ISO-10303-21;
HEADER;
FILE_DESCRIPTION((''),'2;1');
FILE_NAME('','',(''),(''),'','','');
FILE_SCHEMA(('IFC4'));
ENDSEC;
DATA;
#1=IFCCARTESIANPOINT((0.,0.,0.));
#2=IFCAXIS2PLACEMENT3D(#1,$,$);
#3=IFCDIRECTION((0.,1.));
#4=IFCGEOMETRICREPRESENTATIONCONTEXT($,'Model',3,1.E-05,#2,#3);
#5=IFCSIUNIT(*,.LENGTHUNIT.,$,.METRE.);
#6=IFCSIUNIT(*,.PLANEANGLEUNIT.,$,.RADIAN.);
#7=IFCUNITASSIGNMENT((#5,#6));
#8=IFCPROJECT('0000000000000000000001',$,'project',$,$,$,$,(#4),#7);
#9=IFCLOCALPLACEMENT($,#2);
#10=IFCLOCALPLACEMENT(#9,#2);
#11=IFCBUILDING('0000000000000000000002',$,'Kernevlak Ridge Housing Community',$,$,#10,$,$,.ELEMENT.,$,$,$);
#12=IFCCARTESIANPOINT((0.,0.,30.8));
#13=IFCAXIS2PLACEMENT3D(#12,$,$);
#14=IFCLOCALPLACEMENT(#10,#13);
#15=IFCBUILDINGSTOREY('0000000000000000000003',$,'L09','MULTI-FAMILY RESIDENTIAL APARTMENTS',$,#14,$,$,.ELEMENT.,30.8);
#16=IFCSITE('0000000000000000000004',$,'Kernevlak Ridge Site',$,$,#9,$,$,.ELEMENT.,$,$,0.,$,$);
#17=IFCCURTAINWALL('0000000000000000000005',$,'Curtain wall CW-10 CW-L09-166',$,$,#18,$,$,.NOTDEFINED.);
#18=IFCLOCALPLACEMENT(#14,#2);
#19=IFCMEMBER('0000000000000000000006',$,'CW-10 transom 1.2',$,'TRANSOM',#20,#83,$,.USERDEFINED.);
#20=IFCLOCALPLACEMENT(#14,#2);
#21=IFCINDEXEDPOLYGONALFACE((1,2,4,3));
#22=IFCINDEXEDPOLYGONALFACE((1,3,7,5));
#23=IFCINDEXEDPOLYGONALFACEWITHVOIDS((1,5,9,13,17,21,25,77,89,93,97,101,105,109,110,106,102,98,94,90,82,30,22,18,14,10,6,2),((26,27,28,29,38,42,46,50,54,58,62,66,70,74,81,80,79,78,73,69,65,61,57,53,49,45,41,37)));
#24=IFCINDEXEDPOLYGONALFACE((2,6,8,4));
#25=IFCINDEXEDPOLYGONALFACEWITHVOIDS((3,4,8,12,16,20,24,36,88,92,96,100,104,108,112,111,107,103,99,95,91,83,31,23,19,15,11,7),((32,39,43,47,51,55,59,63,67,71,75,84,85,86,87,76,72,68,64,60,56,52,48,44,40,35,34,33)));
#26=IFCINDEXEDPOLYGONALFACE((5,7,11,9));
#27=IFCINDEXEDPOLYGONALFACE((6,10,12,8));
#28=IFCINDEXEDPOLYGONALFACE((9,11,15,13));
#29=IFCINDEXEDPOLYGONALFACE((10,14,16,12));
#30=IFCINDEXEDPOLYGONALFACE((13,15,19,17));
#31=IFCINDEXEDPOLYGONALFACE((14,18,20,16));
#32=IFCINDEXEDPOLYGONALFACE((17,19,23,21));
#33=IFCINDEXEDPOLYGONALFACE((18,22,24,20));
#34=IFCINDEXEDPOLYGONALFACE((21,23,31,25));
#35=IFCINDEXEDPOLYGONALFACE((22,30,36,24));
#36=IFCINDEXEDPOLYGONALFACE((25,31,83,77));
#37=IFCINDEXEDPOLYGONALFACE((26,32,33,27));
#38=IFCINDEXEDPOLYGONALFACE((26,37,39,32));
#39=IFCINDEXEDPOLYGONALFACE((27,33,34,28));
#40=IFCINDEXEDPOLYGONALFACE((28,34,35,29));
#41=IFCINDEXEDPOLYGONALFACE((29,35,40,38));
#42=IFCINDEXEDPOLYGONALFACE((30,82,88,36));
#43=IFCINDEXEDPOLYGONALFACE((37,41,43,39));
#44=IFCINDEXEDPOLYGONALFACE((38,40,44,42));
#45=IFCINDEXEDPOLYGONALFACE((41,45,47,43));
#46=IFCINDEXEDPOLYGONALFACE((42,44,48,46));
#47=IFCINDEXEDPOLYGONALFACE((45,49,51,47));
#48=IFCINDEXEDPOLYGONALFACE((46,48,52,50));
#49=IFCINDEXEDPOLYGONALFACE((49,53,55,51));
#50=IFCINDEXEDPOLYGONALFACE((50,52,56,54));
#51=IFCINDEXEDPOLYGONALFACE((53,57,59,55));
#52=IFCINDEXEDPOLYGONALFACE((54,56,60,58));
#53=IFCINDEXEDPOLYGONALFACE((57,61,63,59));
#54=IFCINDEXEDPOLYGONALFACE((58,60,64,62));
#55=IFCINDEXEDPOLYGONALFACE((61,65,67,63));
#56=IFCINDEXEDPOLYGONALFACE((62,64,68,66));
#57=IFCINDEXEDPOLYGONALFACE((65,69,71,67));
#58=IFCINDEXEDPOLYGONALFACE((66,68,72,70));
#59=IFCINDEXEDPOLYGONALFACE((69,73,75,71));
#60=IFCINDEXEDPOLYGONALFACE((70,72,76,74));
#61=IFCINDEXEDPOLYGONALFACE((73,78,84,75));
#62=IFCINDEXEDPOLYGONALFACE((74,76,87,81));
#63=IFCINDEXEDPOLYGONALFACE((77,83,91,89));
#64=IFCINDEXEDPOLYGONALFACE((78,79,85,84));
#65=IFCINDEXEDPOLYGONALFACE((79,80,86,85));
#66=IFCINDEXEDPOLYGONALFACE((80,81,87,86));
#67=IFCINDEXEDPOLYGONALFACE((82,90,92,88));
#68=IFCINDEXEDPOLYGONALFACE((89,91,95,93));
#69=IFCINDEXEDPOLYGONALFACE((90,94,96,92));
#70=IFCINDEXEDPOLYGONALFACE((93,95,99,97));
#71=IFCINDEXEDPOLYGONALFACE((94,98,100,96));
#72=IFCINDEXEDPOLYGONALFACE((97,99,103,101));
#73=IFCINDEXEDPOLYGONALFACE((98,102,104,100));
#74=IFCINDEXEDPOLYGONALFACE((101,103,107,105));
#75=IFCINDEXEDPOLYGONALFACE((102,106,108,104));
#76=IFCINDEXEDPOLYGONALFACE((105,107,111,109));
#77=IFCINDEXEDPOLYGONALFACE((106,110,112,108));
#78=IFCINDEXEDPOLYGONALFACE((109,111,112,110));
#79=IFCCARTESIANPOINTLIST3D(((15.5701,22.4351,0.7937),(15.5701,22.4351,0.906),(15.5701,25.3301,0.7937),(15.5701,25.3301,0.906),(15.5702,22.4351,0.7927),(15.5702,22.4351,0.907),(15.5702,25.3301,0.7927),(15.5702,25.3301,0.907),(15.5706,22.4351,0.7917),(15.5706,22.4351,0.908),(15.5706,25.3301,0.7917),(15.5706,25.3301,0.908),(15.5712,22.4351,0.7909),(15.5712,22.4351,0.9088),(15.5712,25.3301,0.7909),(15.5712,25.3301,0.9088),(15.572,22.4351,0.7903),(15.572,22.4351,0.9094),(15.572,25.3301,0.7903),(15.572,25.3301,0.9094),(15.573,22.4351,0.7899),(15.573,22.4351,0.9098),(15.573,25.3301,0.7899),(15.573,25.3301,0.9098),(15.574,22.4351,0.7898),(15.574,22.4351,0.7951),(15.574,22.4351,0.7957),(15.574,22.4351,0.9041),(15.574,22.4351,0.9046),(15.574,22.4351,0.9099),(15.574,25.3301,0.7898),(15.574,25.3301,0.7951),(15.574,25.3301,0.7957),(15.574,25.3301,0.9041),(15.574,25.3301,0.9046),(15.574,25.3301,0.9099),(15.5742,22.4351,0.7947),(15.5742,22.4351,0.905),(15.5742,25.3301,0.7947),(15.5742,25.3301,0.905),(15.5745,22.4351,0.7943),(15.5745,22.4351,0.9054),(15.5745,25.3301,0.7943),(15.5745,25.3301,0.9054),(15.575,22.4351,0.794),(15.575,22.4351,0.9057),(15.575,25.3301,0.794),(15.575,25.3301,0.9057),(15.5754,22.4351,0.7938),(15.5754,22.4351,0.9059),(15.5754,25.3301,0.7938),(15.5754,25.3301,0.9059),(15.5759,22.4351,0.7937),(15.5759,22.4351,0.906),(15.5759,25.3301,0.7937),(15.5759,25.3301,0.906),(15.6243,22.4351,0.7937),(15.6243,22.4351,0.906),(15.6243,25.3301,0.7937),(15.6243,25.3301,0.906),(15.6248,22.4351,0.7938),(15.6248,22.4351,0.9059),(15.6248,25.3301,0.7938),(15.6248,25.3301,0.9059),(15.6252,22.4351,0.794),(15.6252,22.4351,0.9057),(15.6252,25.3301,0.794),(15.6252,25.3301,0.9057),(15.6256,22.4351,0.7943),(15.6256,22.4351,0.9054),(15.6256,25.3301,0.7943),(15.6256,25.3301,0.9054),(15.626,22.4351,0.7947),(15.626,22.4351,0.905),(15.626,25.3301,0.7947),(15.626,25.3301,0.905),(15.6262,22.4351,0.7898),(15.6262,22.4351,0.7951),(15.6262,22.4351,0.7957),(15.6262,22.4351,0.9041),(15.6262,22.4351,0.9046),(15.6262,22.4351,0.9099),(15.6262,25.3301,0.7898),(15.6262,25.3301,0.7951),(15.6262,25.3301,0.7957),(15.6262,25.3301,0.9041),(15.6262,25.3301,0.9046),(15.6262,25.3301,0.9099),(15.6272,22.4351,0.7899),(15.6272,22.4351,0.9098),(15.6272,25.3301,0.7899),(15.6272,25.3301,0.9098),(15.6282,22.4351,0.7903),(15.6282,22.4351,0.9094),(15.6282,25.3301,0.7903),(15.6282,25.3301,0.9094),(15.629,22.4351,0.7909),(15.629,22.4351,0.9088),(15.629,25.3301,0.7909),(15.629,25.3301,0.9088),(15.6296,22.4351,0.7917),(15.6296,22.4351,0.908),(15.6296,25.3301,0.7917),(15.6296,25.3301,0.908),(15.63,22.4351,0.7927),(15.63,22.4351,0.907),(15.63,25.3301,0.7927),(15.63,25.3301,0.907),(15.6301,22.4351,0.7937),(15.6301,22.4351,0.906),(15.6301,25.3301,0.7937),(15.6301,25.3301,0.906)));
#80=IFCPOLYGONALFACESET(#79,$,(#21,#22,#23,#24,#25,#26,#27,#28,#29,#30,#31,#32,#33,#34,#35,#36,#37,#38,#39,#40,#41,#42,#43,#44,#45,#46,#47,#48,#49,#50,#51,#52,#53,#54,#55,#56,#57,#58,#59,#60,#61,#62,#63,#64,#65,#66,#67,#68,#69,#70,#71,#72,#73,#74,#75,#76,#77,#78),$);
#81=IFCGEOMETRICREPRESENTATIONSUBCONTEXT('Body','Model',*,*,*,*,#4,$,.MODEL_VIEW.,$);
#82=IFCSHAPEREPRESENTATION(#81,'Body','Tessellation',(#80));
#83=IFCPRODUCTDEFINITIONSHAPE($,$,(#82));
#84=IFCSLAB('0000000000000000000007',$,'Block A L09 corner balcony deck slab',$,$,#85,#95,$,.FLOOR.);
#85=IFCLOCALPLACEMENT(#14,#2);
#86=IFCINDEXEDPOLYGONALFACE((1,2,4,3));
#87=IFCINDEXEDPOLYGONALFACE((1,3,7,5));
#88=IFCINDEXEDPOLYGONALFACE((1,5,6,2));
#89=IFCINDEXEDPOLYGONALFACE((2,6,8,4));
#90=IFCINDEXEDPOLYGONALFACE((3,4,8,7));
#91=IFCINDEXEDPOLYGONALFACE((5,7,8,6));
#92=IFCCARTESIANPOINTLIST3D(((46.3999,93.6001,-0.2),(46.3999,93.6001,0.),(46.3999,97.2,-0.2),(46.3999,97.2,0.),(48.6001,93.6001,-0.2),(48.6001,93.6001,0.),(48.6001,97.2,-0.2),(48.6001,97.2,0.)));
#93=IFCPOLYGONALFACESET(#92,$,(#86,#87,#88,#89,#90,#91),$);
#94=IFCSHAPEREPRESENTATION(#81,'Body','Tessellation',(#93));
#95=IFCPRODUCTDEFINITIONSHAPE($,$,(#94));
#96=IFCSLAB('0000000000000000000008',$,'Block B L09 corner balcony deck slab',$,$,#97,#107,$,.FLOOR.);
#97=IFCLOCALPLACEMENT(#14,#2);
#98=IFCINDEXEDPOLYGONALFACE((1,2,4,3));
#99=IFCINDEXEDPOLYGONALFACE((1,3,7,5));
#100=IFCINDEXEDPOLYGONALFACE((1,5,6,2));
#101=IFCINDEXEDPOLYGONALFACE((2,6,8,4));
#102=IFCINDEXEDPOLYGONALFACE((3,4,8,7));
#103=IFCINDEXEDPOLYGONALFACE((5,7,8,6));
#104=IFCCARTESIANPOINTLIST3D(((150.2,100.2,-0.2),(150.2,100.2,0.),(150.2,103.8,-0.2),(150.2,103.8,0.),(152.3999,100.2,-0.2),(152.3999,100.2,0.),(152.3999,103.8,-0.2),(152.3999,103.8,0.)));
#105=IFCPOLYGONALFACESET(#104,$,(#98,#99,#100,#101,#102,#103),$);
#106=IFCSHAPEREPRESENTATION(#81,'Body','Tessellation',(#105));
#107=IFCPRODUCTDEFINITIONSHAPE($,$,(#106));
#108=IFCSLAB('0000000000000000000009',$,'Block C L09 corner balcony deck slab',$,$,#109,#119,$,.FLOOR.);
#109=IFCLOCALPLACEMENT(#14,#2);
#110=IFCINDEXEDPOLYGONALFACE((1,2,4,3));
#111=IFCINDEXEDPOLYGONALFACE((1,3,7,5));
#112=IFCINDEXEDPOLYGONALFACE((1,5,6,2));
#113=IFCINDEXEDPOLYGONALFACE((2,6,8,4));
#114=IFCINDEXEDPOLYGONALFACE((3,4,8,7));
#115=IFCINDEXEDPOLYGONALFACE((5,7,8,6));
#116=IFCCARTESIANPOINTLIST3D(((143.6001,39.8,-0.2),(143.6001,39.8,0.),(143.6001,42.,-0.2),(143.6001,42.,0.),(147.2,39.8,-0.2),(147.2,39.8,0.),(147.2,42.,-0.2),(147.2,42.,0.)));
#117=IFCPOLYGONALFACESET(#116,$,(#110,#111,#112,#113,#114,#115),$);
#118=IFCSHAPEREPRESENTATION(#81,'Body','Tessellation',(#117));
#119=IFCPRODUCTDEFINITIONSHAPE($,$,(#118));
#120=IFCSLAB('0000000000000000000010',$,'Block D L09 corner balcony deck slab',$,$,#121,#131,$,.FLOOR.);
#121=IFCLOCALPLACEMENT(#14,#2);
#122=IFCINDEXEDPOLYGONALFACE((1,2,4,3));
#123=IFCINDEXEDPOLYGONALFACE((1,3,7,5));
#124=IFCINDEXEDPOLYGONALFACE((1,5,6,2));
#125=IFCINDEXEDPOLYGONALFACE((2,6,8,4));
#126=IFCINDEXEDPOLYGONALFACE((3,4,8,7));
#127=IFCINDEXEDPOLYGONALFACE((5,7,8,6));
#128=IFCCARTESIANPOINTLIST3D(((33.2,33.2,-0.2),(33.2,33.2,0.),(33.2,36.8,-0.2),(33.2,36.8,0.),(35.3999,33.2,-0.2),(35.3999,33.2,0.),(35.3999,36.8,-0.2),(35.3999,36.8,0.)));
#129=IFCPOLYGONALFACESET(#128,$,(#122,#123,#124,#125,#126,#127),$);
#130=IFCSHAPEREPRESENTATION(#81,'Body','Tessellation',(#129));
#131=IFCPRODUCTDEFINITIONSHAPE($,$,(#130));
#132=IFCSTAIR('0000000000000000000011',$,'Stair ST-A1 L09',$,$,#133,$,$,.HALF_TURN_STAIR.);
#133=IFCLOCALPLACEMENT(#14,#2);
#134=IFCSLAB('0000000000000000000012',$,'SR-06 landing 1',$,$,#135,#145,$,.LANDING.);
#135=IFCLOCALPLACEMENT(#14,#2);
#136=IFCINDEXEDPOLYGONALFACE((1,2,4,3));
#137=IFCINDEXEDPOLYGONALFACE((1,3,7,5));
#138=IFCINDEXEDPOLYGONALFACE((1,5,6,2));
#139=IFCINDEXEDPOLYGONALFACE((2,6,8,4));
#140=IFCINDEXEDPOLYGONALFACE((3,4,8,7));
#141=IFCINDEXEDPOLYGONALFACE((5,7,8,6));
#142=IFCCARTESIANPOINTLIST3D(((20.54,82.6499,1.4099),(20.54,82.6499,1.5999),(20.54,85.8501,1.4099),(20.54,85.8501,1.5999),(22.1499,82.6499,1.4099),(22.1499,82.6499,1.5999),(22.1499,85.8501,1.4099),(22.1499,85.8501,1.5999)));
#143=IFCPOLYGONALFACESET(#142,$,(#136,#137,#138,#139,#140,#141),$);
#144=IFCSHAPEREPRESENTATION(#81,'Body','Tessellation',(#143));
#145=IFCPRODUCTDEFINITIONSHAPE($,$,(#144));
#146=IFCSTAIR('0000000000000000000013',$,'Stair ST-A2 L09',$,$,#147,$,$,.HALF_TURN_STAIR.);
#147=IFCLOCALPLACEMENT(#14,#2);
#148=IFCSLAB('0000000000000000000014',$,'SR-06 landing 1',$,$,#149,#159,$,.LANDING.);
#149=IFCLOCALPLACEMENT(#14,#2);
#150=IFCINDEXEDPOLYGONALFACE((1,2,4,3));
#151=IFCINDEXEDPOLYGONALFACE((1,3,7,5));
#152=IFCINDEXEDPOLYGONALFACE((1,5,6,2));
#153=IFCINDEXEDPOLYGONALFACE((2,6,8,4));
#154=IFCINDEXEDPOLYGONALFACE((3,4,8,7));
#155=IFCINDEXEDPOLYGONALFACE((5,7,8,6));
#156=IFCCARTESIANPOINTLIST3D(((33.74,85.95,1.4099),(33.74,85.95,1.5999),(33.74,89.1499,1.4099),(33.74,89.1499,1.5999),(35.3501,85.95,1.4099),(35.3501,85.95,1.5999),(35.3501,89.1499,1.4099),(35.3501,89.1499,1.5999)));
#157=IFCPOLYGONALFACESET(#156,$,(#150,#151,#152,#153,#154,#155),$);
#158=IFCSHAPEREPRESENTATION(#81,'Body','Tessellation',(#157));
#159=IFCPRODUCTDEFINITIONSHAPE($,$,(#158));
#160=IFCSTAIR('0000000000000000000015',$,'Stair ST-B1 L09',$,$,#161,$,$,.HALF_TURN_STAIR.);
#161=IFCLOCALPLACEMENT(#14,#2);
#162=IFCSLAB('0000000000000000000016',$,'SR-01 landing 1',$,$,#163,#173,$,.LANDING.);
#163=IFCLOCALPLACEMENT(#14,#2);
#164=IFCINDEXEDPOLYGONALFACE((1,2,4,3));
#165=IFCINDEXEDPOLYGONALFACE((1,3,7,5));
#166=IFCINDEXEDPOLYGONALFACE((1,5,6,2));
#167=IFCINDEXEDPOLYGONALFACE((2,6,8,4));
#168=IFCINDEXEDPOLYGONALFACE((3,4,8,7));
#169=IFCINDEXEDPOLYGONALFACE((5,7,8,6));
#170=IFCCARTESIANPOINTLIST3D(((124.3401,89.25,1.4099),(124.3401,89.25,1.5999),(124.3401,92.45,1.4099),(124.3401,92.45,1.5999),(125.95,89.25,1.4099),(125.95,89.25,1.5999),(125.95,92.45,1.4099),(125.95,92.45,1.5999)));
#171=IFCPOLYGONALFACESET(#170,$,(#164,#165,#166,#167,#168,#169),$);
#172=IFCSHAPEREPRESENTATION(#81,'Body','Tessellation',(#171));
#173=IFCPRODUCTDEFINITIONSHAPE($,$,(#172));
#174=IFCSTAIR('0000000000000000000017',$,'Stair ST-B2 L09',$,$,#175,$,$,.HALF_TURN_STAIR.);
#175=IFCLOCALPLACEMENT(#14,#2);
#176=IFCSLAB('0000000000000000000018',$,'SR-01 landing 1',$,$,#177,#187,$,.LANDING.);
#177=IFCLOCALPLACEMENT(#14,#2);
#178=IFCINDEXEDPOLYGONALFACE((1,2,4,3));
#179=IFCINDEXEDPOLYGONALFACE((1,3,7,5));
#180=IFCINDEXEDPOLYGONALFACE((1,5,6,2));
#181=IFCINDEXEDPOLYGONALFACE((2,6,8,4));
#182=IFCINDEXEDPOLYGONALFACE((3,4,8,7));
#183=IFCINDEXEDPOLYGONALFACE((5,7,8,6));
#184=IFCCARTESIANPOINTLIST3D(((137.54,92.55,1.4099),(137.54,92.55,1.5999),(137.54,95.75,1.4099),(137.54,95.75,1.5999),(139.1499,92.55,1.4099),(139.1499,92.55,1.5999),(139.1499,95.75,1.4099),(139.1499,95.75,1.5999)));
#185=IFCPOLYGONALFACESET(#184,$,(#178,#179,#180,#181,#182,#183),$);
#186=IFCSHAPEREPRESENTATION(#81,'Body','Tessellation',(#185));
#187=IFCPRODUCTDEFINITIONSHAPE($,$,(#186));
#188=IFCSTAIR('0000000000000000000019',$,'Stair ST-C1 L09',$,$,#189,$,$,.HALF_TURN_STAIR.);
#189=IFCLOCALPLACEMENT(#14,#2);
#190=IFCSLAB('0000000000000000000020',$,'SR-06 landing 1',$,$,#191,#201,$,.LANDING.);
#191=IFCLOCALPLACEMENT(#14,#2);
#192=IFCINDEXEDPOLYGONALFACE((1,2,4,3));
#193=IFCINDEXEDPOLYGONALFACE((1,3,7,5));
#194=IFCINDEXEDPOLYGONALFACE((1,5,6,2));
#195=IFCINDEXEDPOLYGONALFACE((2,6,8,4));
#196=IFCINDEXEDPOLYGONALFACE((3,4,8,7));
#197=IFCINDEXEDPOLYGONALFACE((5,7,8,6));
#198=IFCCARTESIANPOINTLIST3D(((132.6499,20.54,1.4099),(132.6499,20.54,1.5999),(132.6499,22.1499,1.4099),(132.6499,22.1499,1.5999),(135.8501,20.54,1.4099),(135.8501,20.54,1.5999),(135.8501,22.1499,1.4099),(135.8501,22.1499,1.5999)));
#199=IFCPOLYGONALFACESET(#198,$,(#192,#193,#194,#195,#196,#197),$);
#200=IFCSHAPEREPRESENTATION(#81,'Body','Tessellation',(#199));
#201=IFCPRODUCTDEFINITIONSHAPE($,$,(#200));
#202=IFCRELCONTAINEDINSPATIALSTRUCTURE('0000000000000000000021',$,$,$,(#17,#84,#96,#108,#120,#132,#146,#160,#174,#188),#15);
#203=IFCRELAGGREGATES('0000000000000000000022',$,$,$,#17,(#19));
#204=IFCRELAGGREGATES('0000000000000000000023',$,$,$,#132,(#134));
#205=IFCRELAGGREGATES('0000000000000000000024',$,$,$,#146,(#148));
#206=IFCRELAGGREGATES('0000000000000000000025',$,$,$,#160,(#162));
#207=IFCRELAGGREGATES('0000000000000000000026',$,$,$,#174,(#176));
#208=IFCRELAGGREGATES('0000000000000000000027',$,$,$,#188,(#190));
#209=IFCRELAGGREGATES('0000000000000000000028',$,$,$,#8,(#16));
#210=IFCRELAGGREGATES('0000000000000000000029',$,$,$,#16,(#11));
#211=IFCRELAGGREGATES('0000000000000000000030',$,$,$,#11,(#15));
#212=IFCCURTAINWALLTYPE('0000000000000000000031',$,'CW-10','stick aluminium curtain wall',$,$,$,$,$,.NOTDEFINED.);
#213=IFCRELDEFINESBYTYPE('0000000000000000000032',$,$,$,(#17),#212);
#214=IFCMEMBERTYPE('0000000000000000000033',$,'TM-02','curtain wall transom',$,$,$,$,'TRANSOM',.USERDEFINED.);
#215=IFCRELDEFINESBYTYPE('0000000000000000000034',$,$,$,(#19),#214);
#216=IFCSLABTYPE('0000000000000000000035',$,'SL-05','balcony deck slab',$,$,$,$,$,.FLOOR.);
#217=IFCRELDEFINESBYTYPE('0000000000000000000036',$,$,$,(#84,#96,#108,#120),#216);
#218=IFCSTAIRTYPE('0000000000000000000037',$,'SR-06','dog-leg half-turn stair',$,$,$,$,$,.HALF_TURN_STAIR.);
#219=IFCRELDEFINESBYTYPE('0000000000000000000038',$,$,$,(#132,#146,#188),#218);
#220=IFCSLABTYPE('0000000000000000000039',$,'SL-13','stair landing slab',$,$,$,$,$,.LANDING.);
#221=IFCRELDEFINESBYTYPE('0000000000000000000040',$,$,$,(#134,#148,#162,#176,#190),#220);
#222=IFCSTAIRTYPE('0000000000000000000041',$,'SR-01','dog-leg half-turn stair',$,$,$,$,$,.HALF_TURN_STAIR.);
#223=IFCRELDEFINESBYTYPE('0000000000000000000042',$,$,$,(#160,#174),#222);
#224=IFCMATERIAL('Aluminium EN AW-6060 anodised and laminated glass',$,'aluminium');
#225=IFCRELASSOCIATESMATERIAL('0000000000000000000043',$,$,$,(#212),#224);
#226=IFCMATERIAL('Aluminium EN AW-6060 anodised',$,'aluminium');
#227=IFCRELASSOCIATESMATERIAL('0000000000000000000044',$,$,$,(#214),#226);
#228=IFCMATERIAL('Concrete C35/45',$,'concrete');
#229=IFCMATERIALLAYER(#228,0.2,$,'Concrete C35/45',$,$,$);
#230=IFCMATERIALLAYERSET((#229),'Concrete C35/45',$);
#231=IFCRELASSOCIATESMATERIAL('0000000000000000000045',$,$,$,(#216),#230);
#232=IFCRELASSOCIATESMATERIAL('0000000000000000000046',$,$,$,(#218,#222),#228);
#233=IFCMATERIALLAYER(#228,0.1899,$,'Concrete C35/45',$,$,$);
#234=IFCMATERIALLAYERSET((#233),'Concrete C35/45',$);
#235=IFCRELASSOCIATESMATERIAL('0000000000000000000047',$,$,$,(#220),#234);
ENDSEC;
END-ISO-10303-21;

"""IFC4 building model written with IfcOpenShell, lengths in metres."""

from ifc_helpers import new_model, si_unit, direction, frame, origin, origin_2d, place, context, subcontext, project, spatial, polyline, hollow_rectangle, outline, extrude, material, layer, layer_set, material_profile, profile_set, type_object, element, aggregate, save


model = new_model("IFC4")

# Units and contexts
model_context = context("Model", 3, precision=1e-05, world=origin(), true_north=direction((0.0, 1.0)))
body_context = subcontext(model_context, "Body", "Model", "MODEL_VIEW")
ifc_project = project(units=[si_unit("LENGTHUNIT", "METRE"), si_unit("PLANEANGLEUNIT", "RADIAN")], contexts=[model_context])

# Site, building, storey
site_placement = place(None, origin())
site = spatial("IfcSite", under=ifc_project, at=site_placement, Name="Kernevlak Ridge Site", CompositionType="ELEMENT", RefElevation=0.0)
building_placement = place(site_placement, origin())
building = spatial("IfcBuilding", under=site, at=building_placement, Name="Kernevlak Ridge Housing Community", CompositionType="ELEMENT")
storey_placement = place(building_placement, frame((0.0, 0.0, 30.8)))
storey = spatial("IfcBuildingStorey", under=building, at=storey_placement, Name="L09", Description="MULTI-FAMILY RESIDENTIAL APARTMENTS", CompositionType="ELEMENT", Elevation=30.8)

# Shared definitions
ifc_material_1 = material(Name="Concrete C35/45", Category="concrete")

# Curtain wall
ifc_material_2 = material(Name="Aluminium EN AW-6060 anodised and laminated glass", Category="aluminium")
curtain_wall_type = type_object("IfcCurtainWallType", Name="CW-10", Description="stick aluminium curtain wall", PredefinedType="NOTDEFINED", material=ifc_material_2)
curtain_wall_placement = place(storey_placement, origin())
curtain_wall = element("IfcCurtainWall", 1, at=curtain_wall_placement, inside=storey, type_object=curtain_wall_type, Name="Curtain wall CW-10 CW-L09-166", PredefinedType="NOTDEFINED")
ifc_material_3 = material(Name="Aluminium EN AW-6060 anodised", Category="aluminium")

# Member
ifc_material_profile_1 = material_profile(ifc_material_3, hollow_rectangle(XDim=0.0601, YDim=0.1201, WallThickness=0.0039, InnerFilletRadius=0.002, OuterFilletRadius=0.0039, at=origin_2d()), Name="ALU 60x120x4")
ifc_profile_set_1 = profile_set([ifc_material_profile_1], Name="Aluminium EN AW-6060 anodised")
member_type_1 = type_object("IfcMemberType", Name="TM-02", Description="curtain wall transom", ElementType="TRANSOM", PredefinedType="USERDEFINED", material=ifc_profile_set_1)
member_1_placement = place(storey_placement, frame((15.6001, 22.4351, 0.8499), z_axis=(0.0, 1.0, 0.0), x_axis=(-1.0, 0.0, 0.0)))
member_1 = element("IfcMember", 2, at=member_1_placement, type_object=member_type_1, Name="CW-10 transom 1.2", ObjectType="TRANSOM", PredefinedType="USERDEFINED", context=body_context, shape_type="SweptSolid", body=[
    extrude(hollow_rectangle(XDim=0.0601, YDim=0.1201, WallThickness=0.0039, InnerFilletRadius=0.002, OuterFilletRadius=0.0039, at=origin_2d()), origin(), (0.0, 0.0, 1.0), 2.895),
])
aggregate(curtain_wall, [member_1])

# Slabs
ifc_layer_1 = layer(ifc_material_1, 0.2, Name="Concrete C35/45")
ifc_layer_set_1 = layer_set([ifc_layer_1], Name="Concrete C35/45")
slab_type_1 = type_object("IfcSlabType", Name="SL-05", Description="balcony deck slab", PredefinedType="FLOOR", material=ifc_layer_set_1)
slab_1_placement = place(storey_placement, frame((0.0, 0.0, -0.2)))
element("IfcSlab", 3, at=slab_1_placement, inside=storey, type_object=slab_type_1, Name="Block A L09 corner balcony deck slab", PredefinedType="FLOOR", context=body_context, shape_type="SweptSolid", body=[
    extrude(outline(polyline([(46.3999, 93.6001), (48.6001, 93.6001), (48.6001, 97.2), (46.3999, 97.2), (46.3999, 93.6001)])), origin(), (0.0, 0.0, 1.0), 0.2),
])
slab_2_placement = place(storey_placement, frame((0.0, 0.0, -0.2)))
element("IfcSlab", 4, at=slab_2_placement, inside=storey, type_object=slab_type_1, Name="Block B L09 corner balcony deck slab", PredefinedType="FLOOR", context=body_context, shape_type="SweptSolid", body=[
    extrude(outline(polyline([(150.2, 100.2), (152.3999, 100.2), (152.3999, 103.8), (150.2, 103.8), (150.2, 100.2)])), origin(), (0.0, 0.0, 1.0), 0.2),
])
slab_3_placement = place(storey_placement, frame((0.0, 0.0, -0.2)))
element("IfcSlab", 5, at=slab_3_placement, inside=storey, type_object=slab_type_1, Name="Block C L09 corner balcony deck slab", PredefinedType="FLOOR", context=body_context, shape_type="SweptSolid", body=[
    extrude(outline(polyline([(147.2, 39.8), (147.2, 42.0), (143.6001, 42.0), (143.6001, 39.8), (147.2, 39.8)])), origin(), (0.0, 0.0, 1.0), 0.2),
])
slab_4_placement = place(storey_placement, frame((0.0, 0.0, -0.2)))
element("IfcSlab", 6, at=slab_4_placement, inside=storey, type_object=slab_type_1, Name="Block D L09 corner balcony deck slab", PredefinedType="FLOOR", context=body_context, shape_type="SweptSolid", body=[
    extrude(outline(polyline([(33.2, 33.2), (35.3999, 33.2), (35.3999, 36.8), (33.2, 36.8), (33.2, 33.2)])), origin(), (0.0, 0.0, 1.0), 0.2),
])

# Stairs, slabs
stair_type_1 = type_object("IfcStairType", Name="SR-06", Description="dog-leg half-turn stair", PredefinedType="HALF_TURN_STAIR", material=ifc_material_1)
stair_1_placement = place(storey_placement, origin())
stair_1 = element("IfcStair", 7, at=stair_1_placement, inside=storey, type_object=stair_type_1, Name="Stair ST-A1 L09", PredefinedType="HALF_TURN_STAIR")
ifc_layer_2 = layer(ifc_material_1, 0.1899, Name="Concrete C35/45")
ifc_layer_set_2 = layer_set([ifc_layer_2], Name="Concrete C35/45")
slab_type_2 = type_object("IfcSlabType", Name="SL-13", Description="stair landing slab", PredefinedType="LANDING", material=ifc_layer_set_2)
slab_5_placement = place(storey_placement, frame((0.0, 0.0, 1.4099)))
slab_5 = element("IfcSlab", 8, at=slab_5_placement, type_object=slab_type_2, Name="SR-06 landing 1", PredefinedType="LANDING", context=body_context, shape_type="SweptSolid", body=[
    extrude(outline(polyline([(20.54, 82.6499), (22.1499, 82.6499), (22.1499, 85.8501), (20.54, 85.8501), (20.54, 82.6499)])), origin(), (0.0, 0.0, 1.0), 0.1899),
])
aggregate(stair_1, [slab_5])
stair_2_placement = place(storey_placement, origin())
stair_2 = element("IfcStair", 9, at=stair_2_placement, inside=storey, type_object=stair_type_1, Name="Stair ST-A2 L09", PredefinedType="HALF_TURN_STAIR")
slab_6_placement = place(storey_placement, frame((0.0, 0.0, 1.4099)))
slab_6 = element("IfcSlab", 10, at=slab_6_placement, type_object=slab_type_2, Name="SR-06 landing 1", PredefinedType="LANDING", context=body_context, shape_type="SweptSolid", body=[
    extrude(outline(polyline([(33.74, 85.95), (35.3501, 85.95), (35.3501, 89.1499), (33.74, 89.1499), (33.74, 85.95)])), origin(), (0.0, 0.0, 1.0), 0.1899),
])
aggregate(stair_2, [slab_6])
stair_type_2 = type_object("IfcStairType", Name="SR-01", Description="dog-leg half-turn stair", PredefinedType="HALF_TURN_STAIR", material=ifc_material_1)
stair_3_placement = place(storey_placement, origin())
stair_3 = element("IfcStair", 11, at=stair_3_placement, inside=storey, type_object=stair_type_2, Name="Stair ST-B1 L09", PredefinedType="HALF_TURN_STAIR")
slab_7_placement = place(storey_placement, frame((0.0, 0.0, 1.4099)))
slab_7 = element("IfcSlab", 12, at=slab_7_placement, type_object=slab_type_2, Name="SR-01 landing 1", PredefinedType="LANDING", context=body_context, shape_type="SweptSolid", body=[
    extrude(outline(polyline([(124.3401, 89.25), (125.95, 89.25), (125.95, 92.45), (124.3401, 92.45), (124.3401, 89.25)])), origin(), (0.0, 0.0, 1.0), 0.1899),
])
aggregate(stair_3, [slab_7])
stair_4_placement = place(storey_placement, origin())
stair_4 = element("IfcStair", 13, at=stair_4_placement, inside=storey, type_object=stair_type_2, Name="Stair ST-B2 L09", PredefinedType="HALF_TURN_STAIR")
slab_8_placement = place(storey_placement, frame((0.0, 0.0, 1.4099)))
slab_8 = element("IfcSlab", 14, at=slab_8_placement, type_object=slab_type_2, Name="SR-01 landing 1", PredefinedType="LANDING", context=body_context, shape_type="SweptSolid", body=[
    extrude(outline(polyline([(137.54, 92.55), (139.1499, 92.55), (139.1499, 95.75), (137.54, 95.75), (137.54, 92.55)])), origin(), (0.0, 0.0, 1.0), 0.1899),
])
aggregate(stair_4, [slab_8])
stair_5_placement = place(storey_placement, origin())
stair_5 = element("IfcStair", 15, at=stair_5_placement, inside=storey, type_object=stair_type_1, Name="Stair ST-C1 L09", PredefinedType="HALF_TURN_STAIR")
slab_9_placement = place(storey_placement, frame((0.0, 0.0, 1.4099)))
slab_9 = element("IfcSlab", 16, at=slab_9_placement, type_object=slab_type_2, Name="SR-06 landing 1", PredefinedType="LANDING", context=body_context, shape_type="SweptSolid", body=[
    extrude(outline(polyline([(135.8501, 20.54), (135.8501, 22.1499), (132.6499, 22.1499), (132.6499, 20.54), (135.8501, 20.54)])), origin(), (0.0, 0.0, 1.0), 0.1899),
])
aggregate(stair_5, [slab_9])

save(model, "model.ifc")
